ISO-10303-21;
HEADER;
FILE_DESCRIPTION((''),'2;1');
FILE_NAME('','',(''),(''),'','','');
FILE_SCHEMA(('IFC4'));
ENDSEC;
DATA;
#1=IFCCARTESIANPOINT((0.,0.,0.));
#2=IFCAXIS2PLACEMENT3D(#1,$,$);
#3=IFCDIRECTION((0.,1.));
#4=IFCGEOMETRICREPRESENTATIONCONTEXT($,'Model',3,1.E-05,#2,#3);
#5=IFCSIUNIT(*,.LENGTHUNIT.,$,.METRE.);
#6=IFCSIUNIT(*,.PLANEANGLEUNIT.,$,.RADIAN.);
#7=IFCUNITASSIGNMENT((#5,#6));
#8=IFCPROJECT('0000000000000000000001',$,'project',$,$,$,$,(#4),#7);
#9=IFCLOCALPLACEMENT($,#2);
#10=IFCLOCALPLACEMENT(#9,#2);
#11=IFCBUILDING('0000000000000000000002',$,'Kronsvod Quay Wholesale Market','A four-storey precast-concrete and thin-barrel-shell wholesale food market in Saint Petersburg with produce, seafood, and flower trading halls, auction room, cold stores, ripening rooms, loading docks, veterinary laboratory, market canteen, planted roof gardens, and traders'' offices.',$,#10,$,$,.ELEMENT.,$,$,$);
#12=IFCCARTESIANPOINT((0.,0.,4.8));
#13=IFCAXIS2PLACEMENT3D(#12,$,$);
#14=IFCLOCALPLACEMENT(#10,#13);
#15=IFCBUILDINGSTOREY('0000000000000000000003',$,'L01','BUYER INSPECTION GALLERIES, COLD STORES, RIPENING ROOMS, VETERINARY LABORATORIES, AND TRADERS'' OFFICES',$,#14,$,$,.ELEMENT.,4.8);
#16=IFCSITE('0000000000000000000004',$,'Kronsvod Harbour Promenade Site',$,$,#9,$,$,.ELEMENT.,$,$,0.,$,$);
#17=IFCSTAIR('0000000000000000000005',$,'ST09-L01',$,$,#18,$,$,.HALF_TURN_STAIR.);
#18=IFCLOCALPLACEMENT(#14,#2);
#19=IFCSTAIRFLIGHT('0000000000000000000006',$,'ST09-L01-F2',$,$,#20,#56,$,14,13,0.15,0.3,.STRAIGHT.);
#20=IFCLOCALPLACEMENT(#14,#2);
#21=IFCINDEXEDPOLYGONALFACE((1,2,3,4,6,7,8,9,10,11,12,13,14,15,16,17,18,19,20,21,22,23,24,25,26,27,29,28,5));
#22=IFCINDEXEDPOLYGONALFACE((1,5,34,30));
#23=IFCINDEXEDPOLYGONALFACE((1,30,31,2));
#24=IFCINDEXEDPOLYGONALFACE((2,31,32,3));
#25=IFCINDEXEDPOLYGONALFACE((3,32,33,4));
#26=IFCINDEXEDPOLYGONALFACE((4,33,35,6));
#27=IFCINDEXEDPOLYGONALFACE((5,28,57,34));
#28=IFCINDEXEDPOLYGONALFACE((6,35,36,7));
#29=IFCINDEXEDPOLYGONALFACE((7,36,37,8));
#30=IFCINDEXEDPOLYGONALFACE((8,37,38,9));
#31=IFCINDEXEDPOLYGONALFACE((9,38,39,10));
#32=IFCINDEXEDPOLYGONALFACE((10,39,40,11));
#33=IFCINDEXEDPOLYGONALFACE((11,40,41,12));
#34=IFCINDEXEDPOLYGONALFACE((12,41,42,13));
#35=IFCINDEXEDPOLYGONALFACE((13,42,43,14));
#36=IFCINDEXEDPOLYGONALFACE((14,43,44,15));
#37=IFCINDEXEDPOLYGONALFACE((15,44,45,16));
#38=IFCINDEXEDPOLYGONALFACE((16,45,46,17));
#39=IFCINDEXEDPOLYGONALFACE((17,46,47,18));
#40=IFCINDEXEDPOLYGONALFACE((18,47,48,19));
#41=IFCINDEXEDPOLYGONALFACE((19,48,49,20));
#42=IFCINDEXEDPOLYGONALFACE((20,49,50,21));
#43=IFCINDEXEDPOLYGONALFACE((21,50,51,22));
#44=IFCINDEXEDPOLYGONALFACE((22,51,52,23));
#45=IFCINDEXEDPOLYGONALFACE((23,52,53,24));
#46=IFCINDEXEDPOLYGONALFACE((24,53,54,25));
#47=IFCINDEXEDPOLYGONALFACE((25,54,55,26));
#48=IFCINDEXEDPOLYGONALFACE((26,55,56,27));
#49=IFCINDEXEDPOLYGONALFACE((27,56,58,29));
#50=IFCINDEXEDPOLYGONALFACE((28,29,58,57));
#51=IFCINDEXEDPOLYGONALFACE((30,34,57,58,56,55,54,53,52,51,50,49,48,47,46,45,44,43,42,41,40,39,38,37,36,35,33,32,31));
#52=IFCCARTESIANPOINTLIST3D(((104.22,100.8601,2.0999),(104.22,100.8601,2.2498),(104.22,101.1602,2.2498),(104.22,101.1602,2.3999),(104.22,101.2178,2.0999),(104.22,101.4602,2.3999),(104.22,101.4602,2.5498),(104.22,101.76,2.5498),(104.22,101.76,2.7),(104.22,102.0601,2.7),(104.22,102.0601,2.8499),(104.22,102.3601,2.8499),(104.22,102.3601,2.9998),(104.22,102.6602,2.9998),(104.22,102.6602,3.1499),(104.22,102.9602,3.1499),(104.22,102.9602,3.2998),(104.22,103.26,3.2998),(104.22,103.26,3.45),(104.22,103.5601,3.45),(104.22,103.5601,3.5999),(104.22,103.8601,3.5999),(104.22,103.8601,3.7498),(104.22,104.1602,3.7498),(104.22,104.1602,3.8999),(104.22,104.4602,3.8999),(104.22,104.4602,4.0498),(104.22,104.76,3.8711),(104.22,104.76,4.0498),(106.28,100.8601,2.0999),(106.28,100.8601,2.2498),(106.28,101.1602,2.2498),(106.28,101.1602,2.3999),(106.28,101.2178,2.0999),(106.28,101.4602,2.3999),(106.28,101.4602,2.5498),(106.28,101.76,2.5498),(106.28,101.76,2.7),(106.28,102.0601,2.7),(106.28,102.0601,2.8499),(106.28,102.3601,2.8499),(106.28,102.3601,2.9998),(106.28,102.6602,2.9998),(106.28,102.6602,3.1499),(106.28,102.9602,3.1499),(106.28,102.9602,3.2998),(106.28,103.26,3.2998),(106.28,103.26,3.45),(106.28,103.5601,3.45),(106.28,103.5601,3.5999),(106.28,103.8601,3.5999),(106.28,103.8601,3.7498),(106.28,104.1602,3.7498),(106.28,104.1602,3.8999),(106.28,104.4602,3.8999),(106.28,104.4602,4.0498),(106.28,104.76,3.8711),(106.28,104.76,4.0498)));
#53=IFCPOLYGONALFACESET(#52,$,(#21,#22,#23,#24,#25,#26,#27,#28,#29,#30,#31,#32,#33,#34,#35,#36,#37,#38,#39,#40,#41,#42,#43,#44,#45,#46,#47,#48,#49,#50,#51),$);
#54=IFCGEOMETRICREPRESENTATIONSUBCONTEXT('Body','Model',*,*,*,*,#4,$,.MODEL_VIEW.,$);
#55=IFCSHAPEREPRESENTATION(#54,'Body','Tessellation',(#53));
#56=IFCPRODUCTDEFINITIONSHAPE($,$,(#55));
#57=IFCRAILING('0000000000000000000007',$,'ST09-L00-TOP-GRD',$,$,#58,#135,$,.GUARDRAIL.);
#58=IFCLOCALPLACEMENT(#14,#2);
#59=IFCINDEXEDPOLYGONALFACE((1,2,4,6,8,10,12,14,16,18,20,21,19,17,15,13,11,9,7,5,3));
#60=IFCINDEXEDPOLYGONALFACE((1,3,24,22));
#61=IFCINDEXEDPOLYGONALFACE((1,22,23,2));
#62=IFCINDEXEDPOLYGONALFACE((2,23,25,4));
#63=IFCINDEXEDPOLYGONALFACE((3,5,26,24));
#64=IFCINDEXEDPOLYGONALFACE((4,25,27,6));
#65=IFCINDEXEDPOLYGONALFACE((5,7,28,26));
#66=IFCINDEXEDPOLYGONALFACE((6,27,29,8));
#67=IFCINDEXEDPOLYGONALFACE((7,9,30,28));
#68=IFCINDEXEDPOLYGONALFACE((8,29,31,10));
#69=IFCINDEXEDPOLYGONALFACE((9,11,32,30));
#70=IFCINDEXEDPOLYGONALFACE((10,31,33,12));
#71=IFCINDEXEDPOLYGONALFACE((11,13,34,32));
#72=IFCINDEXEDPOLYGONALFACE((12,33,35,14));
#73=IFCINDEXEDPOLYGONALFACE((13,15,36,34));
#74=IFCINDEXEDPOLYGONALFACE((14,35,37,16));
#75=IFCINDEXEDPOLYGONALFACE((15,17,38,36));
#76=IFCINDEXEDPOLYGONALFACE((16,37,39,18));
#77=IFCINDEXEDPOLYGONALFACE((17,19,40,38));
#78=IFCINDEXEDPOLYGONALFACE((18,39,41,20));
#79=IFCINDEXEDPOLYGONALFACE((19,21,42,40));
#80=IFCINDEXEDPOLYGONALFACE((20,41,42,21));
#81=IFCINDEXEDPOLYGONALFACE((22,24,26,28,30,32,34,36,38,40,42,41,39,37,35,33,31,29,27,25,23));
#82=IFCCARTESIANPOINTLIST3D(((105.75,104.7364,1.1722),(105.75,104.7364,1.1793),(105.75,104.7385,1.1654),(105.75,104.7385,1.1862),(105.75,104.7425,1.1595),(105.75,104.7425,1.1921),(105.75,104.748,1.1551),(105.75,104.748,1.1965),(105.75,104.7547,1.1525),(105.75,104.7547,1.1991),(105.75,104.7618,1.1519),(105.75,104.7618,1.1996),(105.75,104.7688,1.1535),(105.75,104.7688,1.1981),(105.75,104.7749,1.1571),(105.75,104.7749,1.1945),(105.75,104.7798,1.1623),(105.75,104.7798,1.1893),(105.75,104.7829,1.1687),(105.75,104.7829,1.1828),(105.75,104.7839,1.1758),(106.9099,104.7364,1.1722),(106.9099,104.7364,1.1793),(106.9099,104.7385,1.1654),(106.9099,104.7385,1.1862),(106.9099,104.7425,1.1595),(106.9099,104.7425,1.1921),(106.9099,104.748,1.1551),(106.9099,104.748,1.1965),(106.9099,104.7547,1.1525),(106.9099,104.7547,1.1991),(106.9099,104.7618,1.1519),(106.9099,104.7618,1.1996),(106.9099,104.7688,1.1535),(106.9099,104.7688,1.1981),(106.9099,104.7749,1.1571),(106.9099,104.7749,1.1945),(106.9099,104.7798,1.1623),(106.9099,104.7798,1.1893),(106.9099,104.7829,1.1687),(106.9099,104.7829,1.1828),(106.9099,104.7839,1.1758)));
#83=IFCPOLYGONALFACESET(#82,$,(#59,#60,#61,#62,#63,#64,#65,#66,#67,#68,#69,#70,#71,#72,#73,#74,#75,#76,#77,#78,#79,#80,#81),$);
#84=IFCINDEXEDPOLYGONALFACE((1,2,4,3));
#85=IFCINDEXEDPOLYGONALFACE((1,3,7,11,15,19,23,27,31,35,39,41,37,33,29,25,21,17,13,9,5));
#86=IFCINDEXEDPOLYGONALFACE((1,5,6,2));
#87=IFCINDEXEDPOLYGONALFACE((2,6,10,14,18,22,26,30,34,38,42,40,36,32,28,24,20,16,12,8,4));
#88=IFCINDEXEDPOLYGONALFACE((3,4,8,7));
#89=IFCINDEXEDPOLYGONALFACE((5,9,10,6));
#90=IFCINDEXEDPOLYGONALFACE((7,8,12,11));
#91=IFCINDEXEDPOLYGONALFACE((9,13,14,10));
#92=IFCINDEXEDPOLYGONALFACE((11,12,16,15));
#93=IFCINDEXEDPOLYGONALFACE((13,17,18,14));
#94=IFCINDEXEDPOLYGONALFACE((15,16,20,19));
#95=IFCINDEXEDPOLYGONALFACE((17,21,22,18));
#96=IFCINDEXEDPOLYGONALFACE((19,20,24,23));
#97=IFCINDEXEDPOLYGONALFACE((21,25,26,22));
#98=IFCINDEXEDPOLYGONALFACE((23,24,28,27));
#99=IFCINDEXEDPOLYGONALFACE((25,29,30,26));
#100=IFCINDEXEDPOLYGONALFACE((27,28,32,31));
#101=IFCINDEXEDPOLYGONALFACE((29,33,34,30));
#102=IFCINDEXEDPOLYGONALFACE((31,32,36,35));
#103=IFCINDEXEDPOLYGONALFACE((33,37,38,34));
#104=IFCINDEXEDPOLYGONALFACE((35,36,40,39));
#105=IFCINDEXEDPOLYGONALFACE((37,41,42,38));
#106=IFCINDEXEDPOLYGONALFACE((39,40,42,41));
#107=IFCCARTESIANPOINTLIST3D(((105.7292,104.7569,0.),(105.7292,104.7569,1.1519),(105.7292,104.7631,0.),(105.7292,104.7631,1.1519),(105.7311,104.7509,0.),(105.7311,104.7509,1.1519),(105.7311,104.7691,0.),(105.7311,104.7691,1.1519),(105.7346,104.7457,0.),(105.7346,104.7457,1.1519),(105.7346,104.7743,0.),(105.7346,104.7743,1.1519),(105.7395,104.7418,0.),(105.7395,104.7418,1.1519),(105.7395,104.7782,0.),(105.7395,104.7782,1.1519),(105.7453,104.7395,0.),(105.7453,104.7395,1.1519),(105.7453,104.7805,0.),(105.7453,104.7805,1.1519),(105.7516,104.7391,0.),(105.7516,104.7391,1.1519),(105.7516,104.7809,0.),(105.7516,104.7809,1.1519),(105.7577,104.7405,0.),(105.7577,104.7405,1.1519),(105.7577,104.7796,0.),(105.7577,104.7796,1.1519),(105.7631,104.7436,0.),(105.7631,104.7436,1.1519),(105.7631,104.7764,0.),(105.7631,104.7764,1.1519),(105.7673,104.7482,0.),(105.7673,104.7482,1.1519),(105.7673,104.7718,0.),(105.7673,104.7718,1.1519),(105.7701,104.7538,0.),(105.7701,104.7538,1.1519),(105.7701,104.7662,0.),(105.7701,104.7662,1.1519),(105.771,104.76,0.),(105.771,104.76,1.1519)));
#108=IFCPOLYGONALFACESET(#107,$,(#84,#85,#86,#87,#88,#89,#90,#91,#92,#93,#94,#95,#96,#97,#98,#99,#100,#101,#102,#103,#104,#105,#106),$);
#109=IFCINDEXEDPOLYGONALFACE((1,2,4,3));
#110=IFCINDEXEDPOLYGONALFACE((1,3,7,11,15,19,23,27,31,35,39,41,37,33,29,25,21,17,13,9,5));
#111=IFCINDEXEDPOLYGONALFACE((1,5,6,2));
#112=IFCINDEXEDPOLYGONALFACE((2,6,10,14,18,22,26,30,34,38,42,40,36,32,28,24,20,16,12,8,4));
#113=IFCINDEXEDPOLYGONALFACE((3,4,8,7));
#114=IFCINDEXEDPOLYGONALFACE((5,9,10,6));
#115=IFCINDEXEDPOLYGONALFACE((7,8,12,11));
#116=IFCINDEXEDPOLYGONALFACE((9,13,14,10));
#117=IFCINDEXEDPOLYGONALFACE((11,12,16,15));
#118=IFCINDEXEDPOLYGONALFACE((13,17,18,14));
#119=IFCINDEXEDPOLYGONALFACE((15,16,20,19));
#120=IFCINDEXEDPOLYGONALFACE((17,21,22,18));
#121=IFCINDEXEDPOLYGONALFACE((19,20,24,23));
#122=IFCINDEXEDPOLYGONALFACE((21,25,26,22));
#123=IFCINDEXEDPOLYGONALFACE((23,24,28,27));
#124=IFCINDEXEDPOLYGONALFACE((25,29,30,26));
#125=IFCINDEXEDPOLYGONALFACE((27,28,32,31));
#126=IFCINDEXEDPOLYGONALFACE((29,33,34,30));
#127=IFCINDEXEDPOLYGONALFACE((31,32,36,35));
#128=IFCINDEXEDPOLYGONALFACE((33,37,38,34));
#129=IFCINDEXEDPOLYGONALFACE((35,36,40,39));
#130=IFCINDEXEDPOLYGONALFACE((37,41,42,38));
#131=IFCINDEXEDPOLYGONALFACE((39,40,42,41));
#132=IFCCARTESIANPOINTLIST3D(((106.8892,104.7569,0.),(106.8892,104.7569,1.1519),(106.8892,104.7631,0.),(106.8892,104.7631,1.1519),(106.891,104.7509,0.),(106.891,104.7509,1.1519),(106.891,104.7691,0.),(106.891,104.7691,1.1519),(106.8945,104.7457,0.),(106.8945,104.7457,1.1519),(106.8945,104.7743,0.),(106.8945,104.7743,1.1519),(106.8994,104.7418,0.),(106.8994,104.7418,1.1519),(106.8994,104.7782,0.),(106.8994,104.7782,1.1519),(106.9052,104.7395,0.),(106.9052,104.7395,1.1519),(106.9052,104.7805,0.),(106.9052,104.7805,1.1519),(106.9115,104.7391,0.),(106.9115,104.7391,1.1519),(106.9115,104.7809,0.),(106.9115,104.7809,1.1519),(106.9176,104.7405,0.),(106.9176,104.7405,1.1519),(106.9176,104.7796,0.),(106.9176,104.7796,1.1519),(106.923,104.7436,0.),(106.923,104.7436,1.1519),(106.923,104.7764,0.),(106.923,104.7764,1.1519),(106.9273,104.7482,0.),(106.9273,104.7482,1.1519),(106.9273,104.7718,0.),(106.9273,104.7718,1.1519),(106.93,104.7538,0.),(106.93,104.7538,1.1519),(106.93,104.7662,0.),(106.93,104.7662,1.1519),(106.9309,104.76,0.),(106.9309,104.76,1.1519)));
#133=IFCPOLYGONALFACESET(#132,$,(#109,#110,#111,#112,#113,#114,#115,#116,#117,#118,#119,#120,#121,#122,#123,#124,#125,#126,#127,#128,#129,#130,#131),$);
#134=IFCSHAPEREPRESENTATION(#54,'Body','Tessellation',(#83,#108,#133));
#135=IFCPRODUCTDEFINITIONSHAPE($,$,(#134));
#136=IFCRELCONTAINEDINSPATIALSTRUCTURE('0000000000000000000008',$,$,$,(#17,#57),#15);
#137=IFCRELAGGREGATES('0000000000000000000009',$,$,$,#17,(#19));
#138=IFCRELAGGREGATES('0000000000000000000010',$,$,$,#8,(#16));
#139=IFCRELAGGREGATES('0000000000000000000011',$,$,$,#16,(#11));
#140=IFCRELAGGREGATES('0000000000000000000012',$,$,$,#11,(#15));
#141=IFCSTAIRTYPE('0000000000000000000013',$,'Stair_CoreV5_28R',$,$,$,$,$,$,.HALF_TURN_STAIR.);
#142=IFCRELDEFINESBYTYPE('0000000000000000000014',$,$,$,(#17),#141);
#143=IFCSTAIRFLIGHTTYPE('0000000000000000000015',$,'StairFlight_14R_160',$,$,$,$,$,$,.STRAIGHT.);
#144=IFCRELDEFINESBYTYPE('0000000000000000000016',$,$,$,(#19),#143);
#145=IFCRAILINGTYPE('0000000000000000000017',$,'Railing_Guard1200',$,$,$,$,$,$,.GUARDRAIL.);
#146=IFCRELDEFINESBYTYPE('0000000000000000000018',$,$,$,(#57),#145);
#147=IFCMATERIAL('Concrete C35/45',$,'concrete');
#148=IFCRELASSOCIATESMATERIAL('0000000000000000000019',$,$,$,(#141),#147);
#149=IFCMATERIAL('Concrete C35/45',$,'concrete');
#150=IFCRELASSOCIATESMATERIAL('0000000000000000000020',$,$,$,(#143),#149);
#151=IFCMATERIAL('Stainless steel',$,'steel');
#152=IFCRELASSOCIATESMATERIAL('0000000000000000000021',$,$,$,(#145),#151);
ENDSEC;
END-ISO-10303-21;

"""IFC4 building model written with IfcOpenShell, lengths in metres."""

from ifc_helpers import new_model, si_unit, direction, frame, origin, origin_2d, place, context, subcontext, project, spatial, polyline, circle, outline, extrude, material, type_object, element, aggregate, save


model = new_model("IFC4")

# Units and contexts
model_context = context("Model", 3, precision=1e-05, world=origin(), true_north=direction((0.0, 1.0)))
body_context = subcontext(model_context, "Body", "Model", "MODEL_VIEW")
ifc_project = project(units=[si_unit("LENGTHUNIT", "METRE"), si_unit("PLANEANGLEUNIT", "RADIAN")], contexts=[model_context])

# Site, building, storey
site_placement = place(None, origin())
site = spatial("IfcSite", under=ifc_project, at=site_placement, Name="Kronsvod Harbour Promenade Site", CompositionType="ELEMENT", RefElevation=0.0)
building_placement = place(site_placement, origin())
building = spatial("IfcBuilding", under=site, at=building_placement, Name="Kronsvod Quay Wholesale Market", Description="A four-storey precast-concrete and thin-barrel-shell wholesale food market in Saint Petersburg with produce, seafood, and flower trading halls, auction room, cold stores, ripening rooms, loading docks, veterinary laboratory, market canteen, planted roof gardens, and traders' offices.", CompositionType="ELEMENT")
storey_placement = place(building_placement, frame((0.0, 0.0, 4.8)))
storey = spatial("IfcBuildingStorey", under=building, at=storey_placement, Name="L01", Description="BUYER INSPECTION GALLERIES, COLD STORES, RIPENING ROOMS, VETERINARY LABORATORIES, AND TRADERS' OFFICES", CompositionType="ELEMENT", Elevation=4.8)

# Stair, stair flight
ifc_material_1 = material(Name="Concrete C35/45", Category="concrete")
stair_type = type_object("IfcStairType", Name="Stair_CoreV5_28R", PredefinedType="HALF_TURN_STAIR", material=ifc_material_1)
stair_placement = place(storey_placement, origin())
stair = element("IfcStair", 1, at=stair_placement, inside=storey, type_object=stair_type, Name="ST09-L01", PredefinedType="HALF_TURN_STAIR")
ifc_material_2 = material(Name="Concrete C35/45", Category="concrete")
stair_flight_type = type_object("IfcStairFlightType", Name="StairFlight_14R_160", PredefinedType="STRAIGHT", material=ifc_material_2)
stair_flight_1_placement = place(storey_placement, frame((105.25, 100.8601, 2.0999), z_axis=(0.0, 0.0, 1.0), x_axis=(0.0, 1.0, 0.0)))
stair_flight_1 = element("IfcStairFlight", 2, at=stair_flight_1_placement, type_object=stair_flight_type, Name="ST09-L01-F2", NumberOfRisers=14, NumberOfTreads=13, PredefinedType="STRAIGHT", RiserHeight=0.15, TreadLength=0.3, context=body_context, shape_type="SweptSolid", body=[
    extrude(outline(polyline([(0.0, 0.0), (0.0, 0.1499), (0.3, 0.1499), (0.3, 0.3), (0.6001, 0.3), (0.6001, 0.45), (0.8999, 0.45), (0.8999, 0.6001), (1.2, 0.6001), (1.2, 0.75), (1.5, 0.75), (1.5, 0.8999), (1.8, 0.8999), (1.8, 1.05), (2.1001, 1.05), (2.1001, 1.2), (2.3999, 1.2), (2.3999, 1.3501), (2.7, 1.3501), (2.7, 1.5), (3.0, 1.5), (3.0, 1.6499), (3.3, 1.6499), (3.3, 1.8), (3.6001, 1.8), (3.6001, 1.95), (3.8999, 1.95), (3.8999, 2.1001), (3.8999, 1.7712), (0.3577, 0.0), (0.0, 0.0)])), frame((0.0, 1.03, 0.0), z_axis=(0.0, -1.0, 0.0), x_axis=(1.0, 0.0, 0.0)), (0.0, 0.0, 1.0), 2.0601),
])
aggregate(stair, [stair_flight_1])

# Railing
ifc_material_3 = material(Name="Stainless steel", Category="steel")
railing_type_1 = type_object("IfcRailingType", Name="Railing_Guard1200", PredefinedType="GUARDRAIL", material=ifc_material_3)
railing_1_placement = place(storey_placement, frame((105.75, 104.76, 0.0)))
element("IfcRailing", 3, at=railing_1_placement, inside=storey, type_object=railing_type_1, Name="ST09-L00-TOP-GRD", PredefinedType="GUARDRAIL", context=body_context, shape_type="SweptSolid", body=[
    extrude(circle(Radius=0.0239, at=origin_2d()), frame((0.0, 0.0, 1.1758), z_axis=(1.0, 0.0, 0.0), x_axis=(0.0, 1.0, 0.0)), (0.0, 0.0, 1.0), 1.1599),
    extrude(circle(Radius=0.021, at=origin_2d()), origin(), (0.0, 0.0, 1.0), 1.1519),
    extrude(circle(Radius=0.021, at=origin_2d()), frame((1.1599, 0.0, 0.0)), (0.0, 0.0, 1.0), 1.1519),
])

save(model, "model.ifc")
